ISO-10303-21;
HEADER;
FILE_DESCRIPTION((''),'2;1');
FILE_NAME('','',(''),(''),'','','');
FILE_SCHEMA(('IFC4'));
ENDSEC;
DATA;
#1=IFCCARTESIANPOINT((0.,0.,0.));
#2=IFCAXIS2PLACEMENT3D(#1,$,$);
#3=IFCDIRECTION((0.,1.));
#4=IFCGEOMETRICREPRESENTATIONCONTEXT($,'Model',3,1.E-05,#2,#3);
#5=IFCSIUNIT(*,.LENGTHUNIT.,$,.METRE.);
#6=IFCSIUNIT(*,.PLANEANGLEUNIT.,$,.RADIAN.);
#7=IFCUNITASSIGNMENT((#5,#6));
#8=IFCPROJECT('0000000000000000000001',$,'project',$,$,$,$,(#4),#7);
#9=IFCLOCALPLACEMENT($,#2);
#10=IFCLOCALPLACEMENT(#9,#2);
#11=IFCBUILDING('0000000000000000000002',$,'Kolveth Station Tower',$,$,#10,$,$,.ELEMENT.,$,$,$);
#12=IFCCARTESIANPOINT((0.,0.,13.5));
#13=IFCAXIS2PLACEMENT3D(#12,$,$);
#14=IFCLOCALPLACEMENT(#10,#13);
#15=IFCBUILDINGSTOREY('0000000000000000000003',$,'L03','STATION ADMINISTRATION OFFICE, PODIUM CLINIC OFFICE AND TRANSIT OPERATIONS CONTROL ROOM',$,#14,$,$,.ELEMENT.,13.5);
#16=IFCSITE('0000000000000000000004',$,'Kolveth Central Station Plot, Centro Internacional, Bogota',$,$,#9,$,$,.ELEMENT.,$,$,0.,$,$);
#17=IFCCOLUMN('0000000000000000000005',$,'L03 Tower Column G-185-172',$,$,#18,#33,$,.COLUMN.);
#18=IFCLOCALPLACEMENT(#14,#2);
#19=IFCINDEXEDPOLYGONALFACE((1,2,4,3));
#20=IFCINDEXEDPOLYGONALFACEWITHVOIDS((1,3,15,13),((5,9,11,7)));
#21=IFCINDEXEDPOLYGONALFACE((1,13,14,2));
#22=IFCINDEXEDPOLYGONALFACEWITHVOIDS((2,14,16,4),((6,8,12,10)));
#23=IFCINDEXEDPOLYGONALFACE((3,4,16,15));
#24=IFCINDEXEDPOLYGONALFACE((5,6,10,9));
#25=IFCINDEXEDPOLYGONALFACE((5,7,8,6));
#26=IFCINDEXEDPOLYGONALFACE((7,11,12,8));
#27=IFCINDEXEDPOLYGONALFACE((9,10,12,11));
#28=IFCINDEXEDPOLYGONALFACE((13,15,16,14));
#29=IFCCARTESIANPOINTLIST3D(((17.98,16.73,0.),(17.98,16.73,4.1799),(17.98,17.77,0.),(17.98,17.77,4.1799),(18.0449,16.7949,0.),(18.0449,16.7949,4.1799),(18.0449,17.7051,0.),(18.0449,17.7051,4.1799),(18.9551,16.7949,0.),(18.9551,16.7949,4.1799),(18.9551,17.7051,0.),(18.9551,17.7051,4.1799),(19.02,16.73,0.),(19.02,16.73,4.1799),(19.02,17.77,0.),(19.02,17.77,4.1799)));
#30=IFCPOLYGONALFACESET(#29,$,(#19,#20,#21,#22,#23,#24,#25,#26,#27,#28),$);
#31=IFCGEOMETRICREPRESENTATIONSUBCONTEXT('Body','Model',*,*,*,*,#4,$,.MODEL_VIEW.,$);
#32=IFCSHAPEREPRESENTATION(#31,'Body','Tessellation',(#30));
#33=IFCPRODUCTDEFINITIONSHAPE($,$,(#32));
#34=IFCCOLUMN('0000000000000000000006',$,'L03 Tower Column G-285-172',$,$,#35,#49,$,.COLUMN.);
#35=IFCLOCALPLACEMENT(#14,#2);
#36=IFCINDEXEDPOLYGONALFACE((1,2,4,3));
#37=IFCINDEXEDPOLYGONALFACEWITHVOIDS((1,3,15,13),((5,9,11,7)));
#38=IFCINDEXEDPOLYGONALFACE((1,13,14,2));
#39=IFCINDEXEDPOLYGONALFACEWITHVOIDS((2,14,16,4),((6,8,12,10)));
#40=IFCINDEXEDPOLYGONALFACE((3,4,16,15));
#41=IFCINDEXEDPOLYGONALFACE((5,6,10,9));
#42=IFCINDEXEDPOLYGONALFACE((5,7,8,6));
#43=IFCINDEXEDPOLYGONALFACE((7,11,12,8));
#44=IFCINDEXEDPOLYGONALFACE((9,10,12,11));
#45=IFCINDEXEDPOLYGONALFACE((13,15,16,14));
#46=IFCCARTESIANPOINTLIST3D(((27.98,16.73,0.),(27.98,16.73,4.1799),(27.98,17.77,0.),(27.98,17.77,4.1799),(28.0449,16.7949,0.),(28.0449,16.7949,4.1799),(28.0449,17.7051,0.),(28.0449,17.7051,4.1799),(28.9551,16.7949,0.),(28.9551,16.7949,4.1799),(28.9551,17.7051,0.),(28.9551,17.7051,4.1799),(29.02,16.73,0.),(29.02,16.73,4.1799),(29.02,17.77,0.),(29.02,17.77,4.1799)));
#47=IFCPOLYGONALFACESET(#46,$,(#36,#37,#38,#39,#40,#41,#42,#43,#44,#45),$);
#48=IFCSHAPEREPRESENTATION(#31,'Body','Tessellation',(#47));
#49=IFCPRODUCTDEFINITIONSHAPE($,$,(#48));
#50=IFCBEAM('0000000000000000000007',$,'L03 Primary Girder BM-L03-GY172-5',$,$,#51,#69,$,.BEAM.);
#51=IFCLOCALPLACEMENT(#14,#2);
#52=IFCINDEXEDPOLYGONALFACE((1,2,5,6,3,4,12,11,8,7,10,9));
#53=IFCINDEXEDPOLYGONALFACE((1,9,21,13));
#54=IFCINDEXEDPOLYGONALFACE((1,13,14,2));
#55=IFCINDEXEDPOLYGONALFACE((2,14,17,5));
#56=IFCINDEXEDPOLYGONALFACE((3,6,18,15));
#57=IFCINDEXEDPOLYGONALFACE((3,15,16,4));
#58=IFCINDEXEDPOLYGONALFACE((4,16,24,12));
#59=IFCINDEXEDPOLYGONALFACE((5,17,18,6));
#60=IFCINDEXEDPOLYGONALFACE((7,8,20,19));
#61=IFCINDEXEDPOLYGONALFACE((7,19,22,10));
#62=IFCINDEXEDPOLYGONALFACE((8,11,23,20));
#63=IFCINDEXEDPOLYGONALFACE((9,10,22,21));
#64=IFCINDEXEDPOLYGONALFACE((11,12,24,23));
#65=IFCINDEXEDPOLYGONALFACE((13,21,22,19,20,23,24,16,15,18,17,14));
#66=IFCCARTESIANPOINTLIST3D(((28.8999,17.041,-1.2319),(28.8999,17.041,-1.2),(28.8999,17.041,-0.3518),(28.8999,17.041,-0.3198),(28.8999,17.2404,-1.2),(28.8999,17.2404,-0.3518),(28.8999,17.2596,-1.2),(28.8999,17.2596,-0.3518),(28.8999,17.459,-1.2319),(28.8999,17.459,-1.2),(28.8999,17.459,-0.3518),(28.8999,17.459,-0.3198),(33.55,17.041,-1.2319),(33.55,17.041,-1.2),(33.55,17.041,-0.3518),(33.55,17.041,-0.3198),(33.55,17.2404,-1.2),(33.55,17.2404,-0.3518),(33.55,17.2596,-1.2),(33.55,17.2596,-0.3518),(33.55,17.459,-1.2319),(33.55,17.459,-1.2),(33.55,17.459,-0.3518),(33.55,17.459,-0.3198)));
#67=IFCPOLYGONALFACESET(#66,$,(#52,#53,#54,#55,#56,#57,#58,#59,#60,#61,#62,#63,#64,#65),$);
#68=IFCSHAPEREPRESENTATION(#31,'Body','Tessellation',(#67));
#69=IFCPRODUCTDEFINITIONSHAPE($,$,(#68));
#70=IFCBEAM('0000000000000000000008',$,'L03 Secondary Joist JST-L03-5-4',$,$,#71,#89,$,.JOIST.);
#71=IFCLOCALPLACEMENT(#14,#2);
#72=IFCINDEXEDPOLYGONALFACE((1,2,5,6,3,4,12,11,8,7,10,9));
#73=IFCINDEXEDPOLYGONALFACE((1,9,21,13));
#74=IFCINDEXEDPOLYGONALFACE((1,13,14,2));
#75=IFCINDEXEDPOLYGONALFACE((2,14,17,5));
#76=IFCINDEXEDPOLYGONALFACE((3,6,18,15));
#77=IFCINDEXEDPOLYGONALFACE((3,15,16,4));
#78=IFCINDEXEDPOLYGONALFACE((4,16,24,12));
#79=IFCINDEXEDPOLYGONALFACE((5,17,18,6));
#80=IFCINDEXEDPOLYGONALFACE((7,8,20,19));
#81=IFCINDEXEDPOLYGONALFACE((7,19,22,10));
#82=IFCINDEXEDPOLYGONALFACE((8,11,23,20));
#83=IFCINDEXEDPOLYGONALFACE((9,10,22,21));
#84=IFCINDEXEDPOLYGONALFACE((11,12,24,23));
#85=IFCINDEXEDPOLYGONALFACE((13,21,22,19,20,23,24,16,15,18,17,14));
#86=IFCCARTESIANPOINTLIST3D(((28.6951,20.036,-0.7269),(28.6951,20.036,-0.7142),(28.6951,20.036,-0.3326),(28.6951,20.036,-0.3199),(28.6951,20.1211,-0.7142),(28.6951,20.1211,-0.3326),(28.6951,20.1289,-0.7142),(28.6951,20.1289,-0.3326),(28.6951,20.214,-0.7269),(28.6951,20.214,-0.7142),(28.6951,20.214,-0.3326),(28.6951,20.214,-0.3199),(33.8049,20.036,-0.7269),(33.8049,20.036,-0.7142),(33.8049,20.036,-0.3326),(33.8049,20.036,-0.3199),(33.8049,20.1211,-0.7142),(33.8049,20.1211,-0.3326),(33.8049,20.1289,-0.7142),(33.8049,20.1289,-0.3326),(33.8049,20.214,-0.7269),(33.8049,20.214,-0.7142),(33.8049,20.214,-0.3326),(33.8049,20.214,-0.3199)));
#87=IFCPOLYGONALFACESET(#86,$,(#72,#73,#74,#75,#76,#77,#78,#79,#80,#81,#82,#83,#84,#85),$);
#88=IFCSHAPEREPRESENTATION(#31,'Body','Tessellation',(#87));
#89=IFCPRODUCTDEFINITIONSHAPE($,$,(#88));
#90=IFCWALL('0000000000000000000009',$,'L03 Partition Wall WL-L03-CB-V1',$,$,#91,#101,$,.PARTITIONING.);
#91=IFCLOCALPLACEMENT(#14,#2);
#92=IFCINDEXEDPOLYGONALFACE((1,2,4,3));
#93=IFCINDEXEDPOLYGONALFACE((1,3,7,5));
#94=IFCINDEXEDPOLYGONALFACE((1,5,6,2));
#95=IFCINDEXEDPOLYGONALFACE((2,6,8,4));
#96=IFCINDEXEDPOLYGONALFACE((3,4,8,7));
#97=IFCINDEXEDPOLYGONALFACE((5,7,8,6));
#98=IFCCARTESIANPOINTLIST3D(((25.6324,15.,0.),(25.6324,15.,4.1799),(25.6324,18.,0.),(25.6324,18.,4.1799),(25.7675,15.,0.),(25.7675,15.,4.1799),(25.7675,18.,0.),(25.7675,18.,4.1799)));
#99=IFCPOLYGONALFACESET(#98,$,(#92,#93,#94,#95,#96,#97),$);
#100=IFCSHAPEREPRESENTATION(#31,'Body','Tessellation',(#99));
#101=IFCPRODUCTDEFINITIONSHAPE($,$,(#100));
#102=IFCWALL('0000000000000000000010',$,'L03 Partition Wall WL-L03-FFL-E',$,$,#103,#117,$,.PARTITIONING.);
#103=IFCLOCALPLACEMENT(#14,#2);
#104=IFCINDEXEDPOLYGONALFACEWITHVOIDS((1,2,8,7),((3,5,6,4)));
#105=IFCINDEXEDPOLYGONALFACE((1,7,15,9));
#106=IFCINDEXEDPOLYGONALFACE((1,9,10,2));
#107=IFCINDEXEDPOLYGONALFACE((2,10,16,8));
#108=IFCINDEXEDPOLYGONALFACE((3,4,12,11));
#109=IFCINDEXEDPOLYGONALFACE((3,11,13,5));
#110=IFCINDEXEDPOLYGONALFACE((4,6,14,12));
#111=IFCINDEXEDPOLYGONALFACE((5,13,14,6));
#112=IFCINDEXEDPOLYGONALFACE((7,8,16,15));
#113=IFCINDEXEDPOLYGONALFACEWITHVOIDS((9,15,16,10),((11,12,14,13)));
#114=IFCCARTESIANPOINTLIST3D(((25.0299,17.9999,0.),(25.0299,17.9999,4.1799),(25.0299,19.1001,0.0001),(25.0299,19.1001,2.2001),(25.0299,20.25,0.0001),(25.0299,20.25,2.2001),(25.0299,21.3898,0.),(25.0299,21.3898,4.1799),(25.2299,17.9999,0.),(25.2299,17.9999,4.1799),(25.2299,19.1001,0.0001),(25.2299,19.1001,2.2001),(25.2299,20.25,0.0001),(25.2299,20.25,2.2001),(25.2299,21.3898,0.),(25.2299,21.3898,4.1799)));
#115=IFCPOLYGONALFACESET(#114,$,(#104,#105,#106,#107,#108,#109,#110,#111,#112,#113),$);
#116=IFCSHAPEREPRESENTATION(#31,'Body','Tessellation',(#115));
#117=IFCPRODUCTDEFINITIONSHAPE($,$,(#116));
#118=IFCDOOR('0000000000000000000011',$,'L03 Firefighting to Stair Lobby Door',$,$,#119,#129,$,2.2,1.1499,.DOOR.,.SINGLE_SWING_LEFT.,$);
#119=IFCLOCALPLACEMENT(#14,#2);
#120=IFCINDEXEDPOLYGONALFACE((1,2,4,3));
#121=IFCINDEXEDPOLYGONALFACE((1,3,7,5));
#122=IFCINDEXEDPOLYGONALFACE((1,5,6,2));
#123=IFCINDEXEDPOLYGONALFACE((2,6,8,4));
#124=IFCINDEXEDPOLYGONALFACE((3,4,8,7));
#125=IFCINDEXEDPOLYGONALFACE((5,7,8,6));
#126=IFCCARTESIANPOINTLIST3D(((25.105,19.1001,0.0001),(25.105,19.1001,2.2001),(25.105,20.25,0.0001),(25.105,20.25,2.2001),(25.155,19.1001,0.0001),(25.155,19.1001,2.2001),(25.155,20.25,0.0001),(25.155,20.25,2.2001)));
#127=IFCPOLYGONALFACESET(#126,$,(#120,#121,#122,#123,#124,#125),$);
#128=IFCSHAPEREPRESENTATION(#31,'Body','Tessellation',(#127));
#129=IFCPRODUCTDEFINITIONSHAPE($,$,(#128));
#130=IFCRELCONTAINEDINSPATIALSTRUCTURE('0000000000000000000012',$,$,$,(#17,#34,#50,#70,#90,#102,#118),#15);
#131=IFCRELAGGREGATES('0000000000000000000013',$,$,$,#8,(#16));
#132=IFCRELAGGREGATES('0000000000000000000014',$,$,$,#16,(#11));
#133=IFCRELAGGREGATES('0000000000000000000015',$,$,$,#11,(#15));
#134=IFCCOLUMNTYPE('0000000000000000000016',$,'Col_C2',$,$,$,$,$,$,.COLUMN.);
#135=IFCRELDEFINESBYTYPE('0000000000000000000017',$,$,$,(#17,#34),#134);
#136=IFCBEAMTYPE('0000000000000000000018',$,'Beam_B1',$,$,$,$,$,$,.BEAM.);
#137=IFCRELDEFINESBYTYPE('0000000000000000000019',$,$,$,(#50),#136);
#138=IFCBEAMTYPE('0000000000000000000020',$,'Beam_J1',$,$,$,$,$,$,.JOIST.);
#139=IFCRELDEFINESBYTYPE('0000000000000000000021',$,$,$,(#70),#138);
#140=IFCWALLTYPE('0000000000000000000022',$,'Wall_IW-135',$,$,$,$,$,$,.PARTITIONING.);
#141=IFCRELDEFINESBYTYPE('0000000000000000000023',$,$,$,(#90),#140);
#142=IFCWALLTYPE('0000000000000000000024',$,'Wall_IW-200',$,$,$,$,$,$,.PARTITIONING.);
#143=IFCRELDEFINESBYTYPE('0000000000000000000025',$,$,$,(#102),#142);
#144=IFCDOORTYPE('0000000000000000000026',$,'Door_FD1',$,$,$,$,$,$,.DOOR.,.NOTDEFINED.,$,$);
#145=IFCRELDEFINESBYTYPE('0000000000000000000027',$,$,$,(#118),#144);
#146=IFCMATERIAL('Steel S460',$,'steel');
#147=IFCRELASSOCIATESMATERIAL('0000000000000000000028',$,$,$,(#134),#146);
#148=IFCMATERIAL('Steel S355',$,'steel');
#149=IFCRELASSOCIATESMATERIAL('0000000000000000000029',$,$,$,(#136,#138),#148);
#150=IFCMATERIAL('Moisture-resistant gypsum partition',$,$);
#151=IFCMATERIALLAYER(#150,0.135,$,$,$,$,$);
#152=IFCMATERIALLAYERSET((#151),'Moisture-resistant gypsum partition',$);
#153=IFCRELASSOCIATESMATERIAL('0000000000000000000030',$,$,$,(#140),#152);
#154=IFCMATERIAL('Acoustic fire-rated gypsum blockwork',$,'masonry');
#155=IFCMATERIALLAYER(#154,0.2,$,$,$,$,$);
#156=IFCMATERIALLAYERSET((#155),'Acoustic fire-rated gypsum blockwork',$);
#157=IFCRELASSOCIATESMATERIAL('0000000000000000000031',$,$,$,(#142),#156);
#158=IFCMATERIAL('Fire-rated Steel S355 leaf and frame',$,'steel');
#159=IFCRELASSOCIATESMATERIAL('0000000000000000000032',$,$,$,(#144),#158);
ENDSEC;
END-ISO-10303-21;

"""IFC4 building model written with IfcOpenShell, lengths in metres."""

from ifc_helpers import new_model, si_unit, direction, frame, frame_2d, origin, origin_2d, place, context, subcontext, project, spatial, rectangle, hollow_rectangle, i_section, extrude, source, transform, mapped, material, layer, layer_set, material_profile, profile_set, type_object, element, fill, save


model = new_model("IFC4")

# Units and contexts
model_context = context("Model", 3, precision=1e-05, world=origin(), true_north=direction((0.0, 1.0)))
body_context = subcontext(model_context, "Body", "Model", "MODEL_VIEW")
ifc_project = project(units=[si_unit("LENGTHUNIT", "METRE"), si_unit("PLANEANGLEUNIT", "RADIAN")], contexts=[model_context])

# Site, building, storey
site_placement = place(None, origin())
site = spatial("IfcSite", under=ifc_project, at=site_placement, Name="Kolveth Central Station Plot, Centro Internacional, Bogota", CompositionType="ELEMENT", RefElevation=0.0)
building_placement = place(site_placement, origin())
building = spatial("IfcBuilding", under=site, at=building_placement, Name="Kolveth Station Tower", CompositionType="ELEMENT")
storey_placement = place(building_placement, frame((0.0, 0.0, 13.5)))
storey = spatial("IfcBuildingStorey", under=building, at=storey_placement, Name="L03", Description="STATION ADMINISTRATION OFFICE, PODIUM CLINIC OFFICE AND TRANSIT OPERATIONS CONTROL ROOM", CompositionType="ELEMENT", Elevation=13.5)

# Columns
ifc_material_1 = material(Name="Steel S460", Category="steel")
ifc_material_profile_1 = material_profile(ifc_material_1, hollow_rectangle(XDim=1.04, YDim=1.04, WallThickness=0.0649, at=origin_2d()), Name="BOX1040x1040x65")
ifc_profile_set_1 = profile_set([ifc_material_profile_1], Name="Steel S460")
column_type = type_object("IfcColumnType", Name="Col_C2", PredefinedType="COLUMN", material=ifc_profile_set_1)
shared_shape_1 = source(origin(), body_context, "Body", "SweptSolid", [
    extrude(hollow_rectangle(XDim=1.04, YDim=1.04, WallThickness=0.0649, at=origin_2d()), origin(), (0.0, 0.0, 1.0), 4.1799),
])
for number, where, z_axis, x_axis, name in (
    (1, (18.5, 17.25, 0.0), (0.0, 0.0, 1.0), (1.0, 0.0, 0.0), "L03 Tower Column G-185-172"),
    (2, (28.5, 17.25, 0.0), (0.0, 0.0, 1.0), (1.0, 0.0, 0.0), "L03 Tower Column G-285-172"),
):
    element("IfcColumn", number, at=place(storey_placement, frame(where, z_axis=z_axis, x_axis=x_axis)), inside=storey, type_object=column_type, Name=name, PredefinedType="COLUMN", context=body_context, shape_type="MappedRepresentation", body=[
        mapped(shared_shape_1, transform((0.0, 0.0, 0.0), x_axis=(1.0, 0.0, 0.0), y_axis=(0.0, 1.0, 0.0), z_axis=(0.0, 0.0, 1.0), scale=1.0)),
    ])

# Beams
ifc_material_2 = material(Name="Steel S355", Category="steel")
ifc_material_profile_2 = material_profile(ifc_material_2, i_section(OverallWidth=0.418, OverallDepth=0.9121, WebThickness=0.0193, FlangeThickness=0.032, at=origin_2d()), Name="W920x342")
ifc_profile_set_2 = profile_set([ifc_material_profile_2], Name="Steel S355")
beam_type_1 = type_object("IfcBeamType", Name="Beam_B1", PredefinedType="BEAM", material=ifc_profile_set_2)
shared_shape_2 = source(origin(), body_context, "Body", "SweptSolid", [
    extrude(i_section(OverallWidth=0.418, OverallDepth=0.9121, WebThickness=0.0193, FlangeThickness=0.032, at=origin_2d()), origin(), (0.0, 0.0, 1.0), 4.6501),
])
beam_1_placement = place(storey_placement, frame((28.8999, 17.25, -0.7759), z_axis=(1.0, 0.0, 0.0), x_axis=(0.0, 1.0, 0.0)))
element("IfcBeam", 3, at=beam_1_placement, inside=storey, type_object=beam_type_1, Name="L03 Primary Girder BM-L03-GY172-5", PredefinedType="BEAM", context=body_context, shape_type="MappedRepresentation", body=[
    mapped(shared_shape_2, transform((0.0, 0.0, 0.0), x_axis=(1.0, 0.0, 0.0), y_axis=(0.0, 1.0, 0.0), z_axis=(0.0, 0.0, 1.0), scale=1.0)),
])
ifc_material_profile_3 = material_profile(ifc_material_2, i_section(OverallWidth=0.178, OverallDepth=0.407, WebThickness=0.0078, FlangeThickness=0.0127, at=origin_2d()), Name="W410x60")
ifc_profile_set_3 = profile_set([ifc_material_profile_3], Name="Steel S355")
beam_type_2 = type_object("IfcBeamType", Name="Beam_J1", PredefinedType="JOIST", material=ifc_profile_set_3)
shared_shape_3 = source(origin(), body_context, "Body", "SweptSolid", [
    extrude(i_section(OverallWidth=0.178, OverallDepth=0.407, WebThickness=0.0078, FlangeThickness=0.0127, at=origin_2d()), origin(), (0.0, 0.0, 1.0), 5.1099),
])
beam_2_placement = place(storey_placement, frame((28.6951, 20.125, -0.5234), z_axis=(1.0, 0.0, 0.0), x_axis=(0.0, 1.0, 0.0)))
element("IfcBeam", 4, at=beam_2_placement, inside=storey, type_object=beam_type_2, Name="L03 Secondary Joist JST-L03-5-4", PredefinedType="JOIST", context=body_context, shape_type="MappedRepresentation", body=[
    mapped(shared_shape_3, transform((0.0, 0.0, 0.0), x_axis=(1.0, 0.0, 0.0), y_axis=(0.0, 1.0, 0.0), z_axis=(0.0, 0.0, 1.0), scale=1.0)),
])

# Wall
ifc_material_3 = material(Name="Moisture-resistant gypsum partition")
ifc_layer_1 = layer(ifc_material_3, 0.135)
ifc_layer_set_1 = layer_set([ifc_layer_1], Name="Moisture-resistant gypsum partition")
wall_type_1 = type_object("IfcWallType", Name="Wall_IW-135", PredefinedType="PARTITIONING", material=ifc_layer_set_1)
wall_1_placement = place(storey_placement, frame((25.7, 15.0, 0.0), z_axis=(0.0, 0.0, 1.0), x_axis=(0.0, 1.0, 0.0)))
element("IfcWall", 5, at=wall_1_placement, inside=storey, type_object=wall_type_1, Name="L03 Partition Wall WL-L03-CB-V1", PredefinedType="PARTITIONING", context=body_context, shape_type="SweptSolid", body=[
    extrude(rectangle(XDim=3.0, YDim=0.135, at=frame_2d((1.5, 0.0))), origin(), (0.0, 0.0, 1.0), 4.1799),
])

# Wall, opening, door
ifc_material_4 = material(Name="Acoustic fire-rated gypsum blockwork", Category="masonry")
ifc_layer_2 = layer(ifc_material_4, 0.2)
ifc_layer_set_2 = layer_set([ifc_layer_2], Name="Acoustic fire-rated gypsum blockwork")
wall_type_2 = type_object("IfcWallType", Name="Wall_IW-200", PredefinedType="PARTITIONING", material=ifc_layer_set_2)
wall_2_placement = place(storey_placement, frame((25.1299, 18.0, 0.0), z_axis=(0.0, 0.0, 1.0), x_axis=(0.0, 1.0, 0.0)))
wall_2 = element("IfcWall", 6, at=wall_2_placement, inside=storey, type_object=wall_type_2, Name="L03 Partition Wall WL-L03-FFL-E", PredefinedType="PARTITIONING", context=body_context, shape_type="SweptSolid", body=[
    extrude(rectangle(XDim=3.3899, YDim=0.2, at=frame_2d((1.6948, 0.0))), origin(), (0.0, 0.0, 1.0), 4.1799),
])
opening_1_placement = place(wall_2_placement, frame((1.1001, 0.0, 0.0)))
opening_1 = element("IfcOpeningElement", 7, at=opening_1_placement, cuts=wall_2, PredefinedType="OPENING", context=body_context, shape_type="SweptSolid", body=[
    extrude(rectangle(XDim=1.1499, YDim=2.2, at=frame_2d((0.575, 1.1001))), frame((0.0, 0.1099, 0.0), z_axis=(0.0, -1.0, 0.0), x_axis=(1.0, 0.0, 0.0)), (0.0, 0.0, 1.0), 0.22),
])
ifc_material_5 = material(Name="Fire-rated Steel S355 leaf and frame", Category="steel")
door_type_1 = type_object("IfcDoorType", Name="Door_FD1", OperationType="NOTDEFINED", PredefinedType="DOOR", material=ifc_material_5)
door_1_placement = place(opening_1_placement, origin())
door_1 = element("IfcDoor", 8, at=door_1_placement, inside=storey, type_object=door_type_1, Name="L03 Firefighting to Stair Lobby Door", OperationType="SINGLE_SWING_LEFT", OverallHeight=2.2, OverallWidth=1.1499, PredefinedType="DOOR", context=body_context, shape_type="SweptSolid", body=[
    extrude(rectangle(XDim=1.1499, YDim=2.2, at=frame_2d((0.575, 1.1001))), frame((0.0, 0.0249, 0.0), z_axis=(0.0, -1.0, 0.0), x_axis=(1.0, 0.0, 0.0)), (0.0, 0.0, 1.0), 0.05),
])
fill(opening_1, door_1)

save(model, "model.ifc")
